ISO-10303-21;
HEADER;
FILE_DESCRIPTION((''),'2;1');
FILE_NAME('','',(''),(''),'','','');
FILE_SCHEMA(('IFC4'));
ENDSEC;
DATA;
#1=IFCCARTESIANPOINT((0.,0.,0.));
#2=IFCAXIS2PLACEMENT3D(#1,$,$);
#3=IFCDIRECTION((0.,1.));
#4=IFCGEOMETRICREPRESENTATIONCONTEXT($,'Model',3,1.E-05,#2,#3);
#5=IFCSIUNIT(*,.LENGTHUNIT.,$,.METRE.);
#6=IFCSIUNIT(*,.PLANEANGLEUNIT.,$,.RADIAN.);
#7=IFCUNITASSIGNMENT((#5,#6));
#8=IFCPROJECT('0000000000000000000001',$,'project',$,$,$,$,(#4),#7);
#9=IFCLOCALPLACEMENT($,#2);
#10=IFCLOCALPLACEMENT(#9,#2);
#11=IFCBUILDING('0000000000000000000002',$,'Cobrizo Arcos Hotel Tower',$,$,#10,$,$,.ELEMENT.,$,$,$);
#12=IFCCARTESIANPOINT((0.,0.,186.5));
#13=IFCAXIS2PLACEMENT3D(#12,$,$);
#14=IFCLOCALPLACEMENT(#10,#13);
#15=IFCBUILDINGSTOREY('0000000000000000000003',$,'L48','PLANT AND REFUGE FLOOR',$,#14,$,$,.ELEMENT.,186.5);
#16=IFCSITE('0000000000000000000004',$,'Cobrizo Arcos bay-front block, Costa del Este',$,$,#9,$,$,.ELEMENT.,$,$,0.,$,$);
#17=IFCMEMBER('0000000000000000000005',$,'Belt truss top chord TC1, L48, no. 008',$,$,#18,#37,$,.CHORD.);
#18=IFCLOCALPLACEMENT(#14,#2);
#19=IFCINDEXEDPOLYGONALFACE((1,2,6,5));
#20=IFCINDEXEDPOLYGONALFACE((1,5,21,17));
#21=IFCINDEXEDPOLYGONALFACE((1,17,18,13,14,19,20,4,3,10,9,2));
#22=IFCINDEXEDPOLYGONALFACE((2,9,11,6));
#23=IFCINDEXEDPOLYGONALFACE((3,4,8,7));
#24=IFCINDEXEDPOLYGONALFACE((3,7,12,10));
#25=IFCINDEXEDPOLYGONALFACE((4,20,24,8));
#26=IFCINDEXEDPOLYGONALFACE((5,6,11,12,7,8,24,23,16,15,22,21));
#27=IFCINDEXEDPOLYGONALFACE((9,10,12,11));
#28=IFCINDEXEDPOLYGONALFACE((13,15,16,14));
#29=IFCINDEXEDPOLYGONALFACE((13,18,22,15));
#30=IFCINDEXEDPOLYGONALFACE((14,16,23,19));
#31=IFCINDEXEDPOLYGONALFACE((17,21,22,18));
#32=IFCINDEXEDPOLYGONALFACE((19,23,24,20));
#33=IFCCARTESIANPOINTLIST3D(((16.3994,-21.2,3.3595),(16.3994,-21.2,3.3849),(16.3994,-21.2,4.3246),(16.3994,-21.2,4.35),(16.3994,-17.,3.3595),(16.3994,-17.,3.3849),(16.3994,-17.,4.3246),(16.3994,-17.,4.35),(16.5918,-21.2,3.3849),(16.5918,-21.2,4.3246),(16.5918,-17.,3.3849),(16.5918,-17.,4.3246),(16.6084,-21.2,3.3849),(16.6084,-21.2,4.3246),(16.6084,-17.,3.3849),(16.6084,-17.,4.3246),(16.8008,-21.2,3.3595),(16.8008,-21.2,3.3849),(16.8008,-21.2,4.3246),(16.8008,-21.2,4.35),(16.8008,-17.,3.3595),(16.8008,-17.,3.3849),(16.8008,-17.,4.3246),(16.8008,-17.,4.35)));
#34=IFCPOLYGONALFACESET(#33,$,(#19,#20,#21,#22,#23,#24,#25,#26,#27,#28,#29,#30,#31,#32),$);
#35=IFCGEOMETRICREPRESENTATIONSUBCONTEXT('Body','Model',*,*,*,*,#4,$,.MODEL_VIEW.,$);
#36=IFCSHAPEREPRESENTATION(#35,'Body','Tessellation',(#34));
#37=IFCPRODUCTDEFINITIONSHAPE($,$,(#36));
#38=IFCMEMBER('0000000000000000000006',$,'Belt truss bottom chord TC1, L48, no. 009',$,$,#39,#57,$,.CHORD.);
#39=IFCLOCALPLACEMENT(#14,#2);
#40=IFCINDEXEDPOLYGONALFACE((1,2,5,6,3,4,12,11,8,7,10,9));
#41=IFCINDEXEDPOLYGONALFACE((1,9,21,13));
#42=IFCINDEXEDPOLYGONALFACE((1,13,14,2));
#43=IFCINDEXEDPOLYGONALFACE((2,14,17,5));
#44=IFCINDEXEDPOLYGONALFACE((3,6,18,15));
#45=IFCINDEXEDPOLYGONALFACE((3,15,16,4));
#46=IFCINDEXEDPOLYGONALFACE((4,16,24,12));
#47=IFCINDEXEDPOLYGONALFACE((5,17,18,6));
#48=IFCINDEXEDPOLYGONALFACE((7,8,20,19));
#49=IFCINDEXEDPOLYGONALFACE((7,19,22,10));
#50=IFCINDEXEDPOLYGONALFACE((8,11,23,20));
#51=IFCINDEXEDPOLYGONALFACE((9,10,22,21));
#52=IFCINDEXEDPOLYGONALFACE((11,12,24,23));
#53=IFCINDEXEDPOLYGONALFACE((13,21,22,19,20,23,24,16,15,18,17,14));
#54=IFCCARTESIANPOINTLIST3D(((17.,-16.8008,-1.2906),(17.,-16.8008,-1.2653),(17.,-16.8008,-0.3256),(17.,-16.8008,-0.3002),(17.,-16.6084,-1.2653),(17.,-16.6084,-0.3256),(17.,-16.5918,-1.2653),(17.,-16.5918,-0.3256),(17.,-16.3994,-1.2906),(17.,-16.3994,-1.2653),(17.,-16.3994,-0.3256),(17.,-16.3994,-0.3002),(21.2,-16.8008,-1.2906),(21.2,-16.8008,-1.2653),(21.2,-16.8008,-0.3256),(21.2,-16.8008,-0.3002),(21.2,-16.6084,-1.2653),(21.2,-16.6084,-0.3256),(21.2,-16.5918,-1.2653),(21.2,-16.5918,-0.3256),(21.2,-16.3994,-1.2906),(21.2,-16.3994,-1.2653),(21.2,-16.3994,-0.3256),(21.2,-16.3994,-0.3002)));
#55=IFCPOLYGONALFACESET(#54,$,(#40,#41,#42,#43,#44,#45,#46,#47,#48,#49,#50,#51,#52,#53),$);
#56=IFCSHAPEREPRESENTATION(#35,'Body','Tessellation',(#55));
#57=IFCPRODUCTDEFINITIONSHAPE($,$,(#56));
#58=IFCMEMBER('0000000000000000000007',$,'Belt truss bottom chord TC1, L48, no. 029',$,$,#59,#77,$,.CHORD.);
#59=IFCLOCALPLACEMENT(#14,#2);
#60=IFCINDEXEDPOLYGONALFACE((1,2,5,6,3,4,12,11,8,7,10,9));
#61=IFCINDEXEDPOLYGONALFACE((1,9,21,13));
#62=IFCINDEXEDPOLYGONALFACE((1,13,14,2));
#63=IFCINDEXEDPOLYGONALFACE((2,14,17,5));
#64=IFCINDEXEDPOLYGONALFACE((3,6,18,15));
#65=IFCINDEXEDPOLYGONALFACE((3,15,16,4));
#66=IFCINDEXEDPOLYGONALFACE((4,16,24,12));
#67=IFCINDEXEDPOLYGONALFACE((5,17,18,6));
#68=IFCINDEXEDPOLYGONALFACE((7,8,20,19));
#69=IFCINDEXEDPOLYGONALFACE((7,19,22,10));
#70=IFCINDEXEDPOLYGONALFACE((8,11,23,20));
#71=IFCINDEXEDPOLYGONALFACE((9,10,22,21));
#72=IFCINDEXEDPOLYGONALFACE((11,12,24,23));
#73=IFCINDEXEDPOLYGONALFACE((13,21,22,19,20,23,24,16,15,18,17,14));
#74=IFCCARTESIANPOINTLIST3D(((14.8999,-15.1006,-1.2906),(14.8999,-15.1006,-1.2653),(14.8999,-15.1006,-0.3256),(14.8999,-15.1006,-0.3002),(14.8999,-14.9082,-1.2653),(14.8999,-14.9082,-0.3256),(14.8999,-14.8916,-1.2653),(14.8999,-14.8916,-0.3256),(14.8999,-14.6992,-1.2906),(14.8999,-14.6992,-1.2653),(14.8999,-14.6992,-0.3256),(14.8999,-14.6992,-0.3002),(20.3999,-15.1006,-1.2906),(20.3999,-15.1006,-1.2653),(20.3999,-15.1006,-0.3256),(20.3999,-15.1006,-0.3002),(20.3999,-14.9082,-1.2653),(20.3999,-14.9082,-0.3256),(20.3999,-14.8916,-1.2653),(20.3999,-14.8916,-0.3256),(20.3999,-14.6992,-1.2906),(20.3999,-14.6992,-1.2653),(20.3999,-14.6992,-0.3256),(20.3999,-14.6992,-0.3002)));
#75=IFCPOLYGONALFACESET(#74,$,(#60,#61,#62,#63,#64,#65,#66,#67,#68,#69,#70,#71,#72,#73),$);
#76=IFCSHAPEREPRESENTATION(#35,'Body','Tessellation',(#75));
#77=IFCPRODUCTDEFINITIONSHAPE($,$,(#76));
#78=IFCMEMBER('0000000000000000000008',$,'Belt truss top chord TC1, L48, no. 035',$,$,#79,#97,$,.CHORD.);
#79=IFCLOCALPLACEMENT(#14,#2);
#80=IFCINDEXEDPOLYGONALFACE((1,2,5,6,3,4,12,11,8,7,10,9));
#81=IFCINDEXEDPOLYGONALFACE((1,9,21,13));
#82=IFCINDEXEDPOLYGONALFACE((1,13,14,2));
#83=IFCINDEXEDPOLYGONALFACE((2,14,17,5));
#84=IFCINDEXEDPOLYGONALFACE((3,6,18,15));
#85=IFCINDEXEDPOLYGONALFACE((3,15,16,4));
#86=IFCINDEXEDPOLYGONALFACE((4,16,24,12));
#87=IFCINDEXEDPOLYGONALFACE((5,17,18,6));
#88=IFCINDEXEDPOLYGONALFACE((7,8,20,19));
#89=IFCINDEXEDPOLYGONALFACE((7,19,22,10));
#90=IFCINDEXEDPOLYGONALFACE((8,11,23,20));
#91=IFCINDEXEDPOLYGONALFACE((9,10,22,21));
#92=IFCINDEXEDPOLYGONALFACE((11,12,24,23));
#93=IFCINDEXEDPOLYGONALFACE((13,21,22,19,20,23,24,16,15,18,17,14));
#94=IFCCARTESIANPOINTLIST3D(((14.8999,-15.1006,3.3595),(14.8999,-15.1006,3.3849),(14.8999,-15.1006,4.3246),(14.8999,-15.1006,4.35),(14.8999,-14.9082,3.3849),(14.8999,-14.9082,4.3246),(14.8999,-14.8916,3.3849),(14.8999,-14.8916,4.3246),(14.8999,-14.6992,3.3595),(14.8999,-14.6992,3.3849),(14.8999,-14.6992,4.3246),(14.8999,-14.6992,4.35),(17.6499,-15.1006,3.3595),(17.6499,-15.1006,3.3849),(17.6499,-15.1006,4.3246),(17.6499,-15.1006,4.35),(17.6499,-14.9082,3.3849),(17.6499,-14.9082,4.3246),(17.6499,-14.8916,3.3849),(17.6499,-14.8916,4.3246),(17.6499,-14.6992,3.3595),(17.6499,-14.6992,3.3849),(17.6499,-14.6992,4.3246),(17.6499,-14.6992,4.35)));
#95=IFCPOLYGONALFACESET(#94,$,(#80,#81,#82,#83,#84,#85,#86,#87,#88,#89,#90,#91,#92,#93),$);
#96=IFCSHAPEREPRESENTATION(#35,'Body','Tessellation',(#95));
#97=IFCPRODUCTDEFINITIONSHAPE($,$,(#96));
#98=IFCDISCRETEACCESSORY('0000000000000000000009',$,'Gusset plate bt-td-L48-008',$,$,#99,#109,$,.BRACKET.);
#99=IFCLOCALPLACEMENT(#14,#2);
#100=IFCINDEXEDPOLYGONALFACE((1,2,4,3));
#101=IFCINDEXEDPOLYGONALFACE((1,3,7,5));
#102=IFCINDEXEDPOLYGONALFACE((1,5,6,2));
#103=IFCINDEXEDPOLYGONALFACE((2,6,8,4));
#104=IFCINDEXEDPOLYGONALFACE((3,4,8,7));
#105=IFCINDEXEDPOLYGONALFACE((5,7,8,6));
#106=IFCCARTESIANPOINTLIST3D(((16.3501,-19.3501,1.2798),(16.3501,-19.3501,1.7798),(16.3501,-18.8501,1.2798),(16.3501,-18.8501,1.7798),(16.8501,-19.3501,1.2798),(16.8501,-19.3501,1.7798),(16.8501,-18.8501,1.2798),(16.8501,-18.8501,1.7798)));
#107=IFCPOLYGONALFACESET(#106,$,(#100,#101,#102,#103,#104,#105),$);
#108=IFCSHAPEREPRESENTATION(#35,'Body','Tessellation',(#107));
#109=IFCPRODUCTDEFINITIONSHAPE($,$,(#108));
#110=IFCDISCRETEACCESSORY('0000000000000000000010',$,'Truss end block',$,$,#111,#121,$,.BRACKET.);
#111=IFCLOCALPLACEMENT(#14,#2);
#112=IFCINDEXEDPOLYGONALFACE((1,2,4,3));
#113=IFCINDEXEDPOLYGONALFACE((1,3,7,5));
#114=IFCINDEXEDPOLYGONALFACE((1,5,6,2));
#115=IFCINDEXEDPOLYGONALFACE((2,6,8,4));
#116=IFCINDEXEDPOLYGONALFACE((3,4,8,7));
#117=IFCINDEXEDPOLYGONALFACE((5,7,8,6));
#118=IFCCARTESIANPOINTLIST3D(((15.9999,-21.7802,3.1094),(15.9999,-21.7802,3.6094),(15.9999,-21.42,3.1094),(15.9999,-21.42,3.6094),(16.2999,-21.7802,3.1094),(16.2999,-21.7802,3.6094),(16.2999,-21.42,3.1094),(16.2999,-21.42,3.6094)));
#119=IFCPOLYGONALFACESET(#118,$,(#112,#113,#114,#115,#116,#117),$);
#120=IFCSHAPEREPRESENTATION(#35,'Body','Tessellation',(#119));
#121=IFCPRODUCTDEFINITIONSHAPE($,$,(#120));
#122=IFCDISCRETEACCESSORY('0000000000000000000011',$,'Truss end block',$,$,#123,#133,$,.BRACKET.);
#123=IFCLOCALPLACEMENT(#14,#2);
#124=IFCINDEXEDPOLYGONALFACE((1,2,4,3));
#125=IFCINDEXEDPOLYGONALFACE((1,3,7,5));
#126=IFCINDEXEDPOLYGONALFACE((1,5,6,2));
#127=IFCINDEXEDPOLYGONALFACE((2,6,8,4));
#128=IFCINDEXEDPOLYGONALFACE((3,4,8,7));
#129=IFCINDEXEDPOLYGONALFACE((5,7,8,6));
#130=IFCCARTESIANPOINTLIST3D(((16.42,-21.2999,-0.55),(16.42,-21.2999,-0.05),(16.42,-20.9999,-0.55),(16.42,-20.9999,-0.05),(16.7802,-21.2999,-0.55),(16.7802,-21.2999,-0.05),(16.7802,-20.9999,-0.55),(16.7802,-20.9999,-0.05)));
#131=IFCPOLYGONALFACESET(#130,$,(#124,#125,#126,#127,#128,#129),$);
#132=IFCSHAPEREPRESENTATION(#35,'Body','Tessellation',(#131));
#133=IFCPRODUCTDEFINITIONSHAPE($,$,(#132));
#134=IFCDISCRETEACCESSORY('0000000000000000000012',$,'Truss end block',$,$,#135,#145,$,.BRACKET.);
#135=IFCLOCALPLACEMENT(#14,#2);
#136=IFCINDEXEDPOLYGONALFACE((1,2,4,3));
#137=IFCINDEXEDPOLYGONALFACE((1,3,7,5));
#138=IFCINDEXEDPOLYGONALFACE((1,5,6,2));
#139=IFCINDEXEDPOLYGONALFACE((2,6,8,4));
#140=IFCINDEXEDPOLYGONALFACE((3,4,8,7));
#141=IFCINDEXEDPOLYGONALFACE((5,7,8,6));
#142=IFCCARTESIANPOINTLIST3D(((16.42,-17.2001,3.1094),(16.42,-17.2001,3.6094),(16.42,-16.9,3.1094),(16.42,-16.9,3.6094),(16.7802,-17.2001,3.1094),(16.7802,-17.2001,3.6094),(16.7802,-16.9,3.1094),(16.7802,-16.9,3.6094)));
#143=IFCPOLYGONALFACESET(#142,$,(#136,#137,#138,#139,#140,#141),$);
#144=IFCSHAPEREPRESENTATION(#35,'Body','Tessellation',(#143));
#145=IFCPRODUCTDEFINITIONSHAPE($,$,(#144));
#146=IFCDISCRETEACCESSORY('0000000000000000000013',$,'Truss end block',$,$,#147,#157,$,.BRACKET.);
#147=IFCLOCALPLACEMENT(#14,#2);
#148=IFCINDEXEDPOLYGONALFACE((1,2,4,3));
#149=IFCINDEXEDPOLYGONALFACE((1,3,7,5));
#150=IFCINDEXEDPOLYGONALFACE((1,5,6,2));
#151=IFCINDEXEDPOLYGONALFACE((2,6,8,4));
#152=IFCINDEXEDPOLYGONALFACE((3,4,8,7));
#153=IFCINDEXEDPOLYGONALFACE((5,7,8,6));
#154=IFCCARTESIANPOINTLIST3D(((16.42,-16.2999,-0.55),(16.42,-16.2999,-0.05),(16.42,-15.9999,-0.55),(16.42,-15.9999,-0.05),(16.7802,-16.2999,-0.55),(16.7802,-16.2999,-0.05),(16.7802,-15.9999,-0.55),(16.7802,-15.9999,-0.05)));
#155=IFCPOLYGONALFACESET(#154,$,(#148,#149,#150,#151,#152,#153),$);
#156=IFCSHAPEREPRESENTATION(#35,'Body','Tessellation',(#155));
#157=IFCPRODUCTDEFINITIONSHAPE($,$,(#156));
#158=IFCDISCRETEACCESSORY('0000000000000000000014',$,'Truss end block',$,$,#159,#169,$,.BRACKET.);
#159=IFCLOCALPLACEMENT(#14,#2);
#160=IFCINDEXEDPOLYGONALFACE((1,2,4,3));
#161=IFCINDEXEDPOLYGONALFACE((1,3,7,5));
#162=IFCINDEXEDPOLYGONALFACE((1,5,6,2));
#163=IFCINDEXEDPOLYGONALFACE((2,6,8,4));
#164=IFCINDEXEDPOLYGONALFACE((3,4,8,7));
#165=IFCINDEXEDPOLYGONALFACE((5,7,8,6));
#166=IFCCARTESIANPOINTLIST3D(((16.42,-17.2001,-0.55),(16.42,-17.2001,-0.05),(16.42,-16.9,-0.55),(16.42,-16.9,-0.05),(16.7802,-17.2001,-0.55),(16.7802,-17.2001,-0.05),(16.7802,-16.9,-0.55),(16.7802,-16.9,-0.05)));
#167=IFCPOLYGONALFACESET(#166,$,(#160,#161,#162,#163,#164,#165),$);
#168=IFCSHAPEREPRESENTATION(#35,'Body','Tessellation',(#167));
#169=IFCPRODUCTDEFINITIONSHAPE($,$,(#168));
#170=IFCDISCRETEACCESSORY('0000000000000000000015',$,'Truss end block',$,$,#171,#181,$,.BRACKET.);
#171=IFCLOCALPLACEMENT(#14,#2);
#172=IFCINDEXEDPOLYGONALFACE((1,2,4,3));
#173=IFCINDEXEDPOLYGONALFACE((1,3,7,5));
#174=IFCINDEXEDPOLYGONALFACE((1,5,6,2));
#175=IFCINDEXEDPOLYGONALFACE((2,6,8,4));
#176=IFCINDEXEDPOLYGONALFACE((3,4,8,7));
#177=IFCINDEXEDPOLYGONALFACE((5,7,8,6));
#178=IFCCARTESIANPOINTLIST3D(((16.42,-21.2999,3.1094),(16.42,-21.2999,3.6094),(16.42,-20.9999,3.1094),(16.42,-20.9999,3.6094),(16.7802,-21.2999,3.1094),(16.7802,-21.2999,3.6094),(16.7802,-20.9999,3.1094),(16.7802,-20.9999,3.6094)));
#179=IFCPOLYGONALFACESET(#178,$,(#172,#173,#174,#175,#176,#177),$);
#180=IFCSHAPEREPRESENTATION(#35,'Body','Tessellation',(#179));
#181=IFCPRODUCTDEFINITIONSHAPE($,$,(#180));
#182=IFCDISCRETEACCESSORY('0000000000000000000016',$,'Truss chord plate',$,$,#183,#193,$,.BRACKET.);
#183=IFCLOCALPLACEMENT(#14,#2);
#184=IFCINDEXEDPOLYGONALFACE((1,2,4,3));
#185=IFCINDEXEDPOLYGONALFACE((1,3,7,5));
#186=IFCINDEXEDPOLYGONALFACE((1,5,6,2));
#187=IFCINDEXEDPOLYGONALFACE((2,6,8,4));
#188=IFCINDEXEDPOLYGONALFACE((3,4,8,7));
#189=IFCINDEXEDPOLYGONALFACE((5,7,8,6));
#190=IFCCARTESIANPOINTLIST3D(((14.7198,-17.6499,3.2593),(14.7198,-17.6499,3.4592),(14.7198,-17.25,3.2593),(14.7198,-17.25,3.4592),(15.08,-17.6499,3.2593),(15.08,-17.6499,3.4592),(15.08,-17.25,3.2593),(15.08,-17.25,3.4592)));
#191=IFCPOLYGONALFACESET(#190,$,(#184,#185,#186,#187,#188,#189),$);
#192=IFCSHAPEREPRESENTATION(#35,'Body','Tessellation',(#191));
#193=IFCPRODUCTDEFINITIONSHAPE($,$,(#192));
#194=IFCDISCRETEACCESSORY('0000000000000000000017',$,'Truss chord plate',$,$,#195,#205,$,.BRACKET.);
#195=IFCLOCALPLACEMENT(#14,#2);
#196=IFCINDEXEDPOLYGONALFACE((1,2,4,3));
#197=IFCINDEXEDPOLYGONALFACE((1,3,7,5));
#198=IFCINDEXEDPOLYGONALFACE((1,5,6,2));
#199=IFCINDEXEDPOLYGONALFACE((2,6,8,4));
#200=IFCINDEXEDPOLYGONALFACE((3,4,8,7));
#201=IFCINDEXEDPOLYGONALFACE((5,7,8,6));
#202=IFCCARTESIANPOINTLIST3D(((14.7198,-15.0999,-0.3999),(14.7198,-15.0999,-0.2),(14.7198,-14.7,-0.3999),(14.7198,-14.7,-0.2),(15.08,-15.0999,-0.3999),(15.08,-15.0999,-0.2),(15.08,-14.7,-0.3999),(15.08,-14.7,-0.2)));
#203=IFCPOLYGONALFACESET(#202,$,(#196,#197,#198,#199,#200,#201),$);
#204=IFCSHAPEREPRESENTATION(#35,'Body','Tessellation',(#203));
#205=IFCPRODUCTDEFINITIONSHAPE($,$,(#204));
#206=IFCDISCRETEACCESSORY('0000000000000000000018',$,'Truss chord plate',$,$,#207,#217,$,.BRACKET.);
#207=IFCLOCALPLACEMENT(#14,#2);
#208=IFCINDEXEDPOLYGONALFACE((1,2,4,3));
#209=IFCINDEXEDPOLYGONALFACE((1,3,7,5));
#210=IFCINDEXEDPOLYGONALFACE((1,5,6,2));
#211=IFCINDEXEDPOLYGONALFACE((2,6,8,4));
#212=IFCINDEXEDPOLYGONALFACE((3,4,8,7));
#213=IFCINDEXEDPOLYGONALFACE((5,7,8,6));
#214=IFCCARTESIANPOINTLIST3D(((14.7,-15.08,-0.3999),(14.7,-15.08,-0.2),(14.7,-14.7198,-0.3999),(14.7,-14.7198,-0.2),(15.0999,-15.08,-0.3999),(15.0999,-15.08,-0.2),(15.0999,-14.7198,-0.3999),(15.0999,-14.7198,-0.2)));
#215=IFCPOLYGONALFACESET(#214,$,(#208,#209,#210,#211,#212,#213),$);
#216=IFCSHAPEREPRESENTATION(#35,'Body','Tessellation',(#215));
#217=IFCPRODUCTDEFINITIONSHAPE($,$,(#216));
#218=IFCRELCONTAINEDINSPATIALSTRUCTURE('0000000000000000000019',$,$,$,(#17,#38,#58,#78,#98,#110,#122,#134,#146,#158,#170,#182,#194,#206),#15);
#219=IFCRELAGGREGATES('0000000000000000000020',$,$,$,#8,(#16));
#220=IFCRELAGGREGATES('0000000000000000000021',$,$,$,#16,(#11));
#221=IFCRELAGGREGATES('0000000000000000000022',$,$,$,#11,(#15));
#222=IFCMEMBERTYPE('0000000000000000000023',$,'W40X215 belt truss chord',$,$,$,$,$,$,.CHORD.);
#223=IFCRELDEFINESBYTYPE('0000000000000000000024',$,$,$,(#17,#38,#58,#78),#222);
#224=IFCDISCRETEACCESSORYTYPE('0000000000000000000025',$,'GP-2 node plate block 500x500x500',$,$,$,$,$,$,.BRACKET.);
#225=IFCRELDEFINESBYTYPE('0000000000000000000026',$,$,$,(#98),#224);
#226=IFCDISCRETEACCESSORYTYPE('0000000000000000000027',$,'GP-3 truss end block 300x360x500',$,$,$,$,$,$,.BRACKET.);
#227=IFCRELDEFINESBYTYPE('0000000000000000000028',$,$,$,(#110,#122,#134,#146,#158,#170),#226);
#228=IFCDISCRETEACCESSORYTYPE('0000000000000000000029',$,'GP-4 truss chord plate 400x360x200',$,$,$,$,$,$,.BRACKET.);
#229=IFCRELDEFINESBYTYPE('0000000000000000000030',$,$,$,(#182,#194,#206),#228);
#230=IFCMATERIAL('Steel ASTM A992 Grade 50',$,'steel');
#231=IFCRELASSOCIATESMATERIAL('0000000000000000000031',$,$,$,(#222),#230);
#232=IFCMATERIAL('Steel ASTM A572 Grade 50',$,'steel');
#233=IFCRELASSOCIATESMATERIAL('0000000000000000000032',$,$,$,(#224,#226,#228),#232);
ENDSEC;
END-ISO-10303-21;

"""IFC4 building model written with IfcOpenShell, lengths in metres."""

from ifc_helpers import new_model, si_unit, direction, frame, origin, origin_2d, place, context, subcontext, project, spatial, rectangle, i_section, extrude, material, material_profile, profile_set, type_object, element, save


model = new_model("IFC4")

# Units and contexts
model_context = context("Model", 3, precision=1e-05, world=origin(), true_north=direction((0.0, 1.0)))
body_context = subcontext(model_context, "Body", "Model", "MODEL_VIEW")
ifc_project = project(units=[si_unit("LENGTHUNIT", "METRE"), si_unit("PLANEANGLEUNIT", "RADIAN")], contexts=[model_context])

# Site, building, storey
site_placement = place(None, origin())
site = spatial("IfcSite", under=ifc_project, at=site_placement, Name="Cobrizo Arcos bay-front block, Costa del Este", CompositionType="ELEMENT", RefElevation=0.0)
building_placement = place(site_placement, origin())
building = spatial("IfcBuilding", under=site, at=building_placement, Name="Cobrizo Arcos Hotel Tower", CompositionType="ELEMENT")
storey_placement = place(building_placement, frame((0.0, 0.0, 186.5)))
storey = spatial("IfcBuildingStorey", under=building, at=storey_placement, Name="L48", Description="PLANT AND REFUGE FLOOR", CompositionType="ELEMENT", Elevation=186.5)

# Shared definitions
ifc_material_1 = material(Name="Steel ASTM A572 Grade 50", Category="steel")

# Members
ifc_material_2 = material(Name="Steel ASTM A992 Grade 50", Category="steel")
ifc_material_profile_1 = material_profile(ifc_material_2, i_section(OverallWidth=0.4014, OverallDepth=0.9905, WebThickness=0.0166, FlangeThickness=0.0254, at=origin_2d()), Name="W40X215")
ifc_profile_set_1 = profile_set([ifc_material_profile_1], Name="Steel ASTM A992 Grade 50")
member_type_1 = type_object("IfcMemberType", Name="W40X215 belt truss chord", PredefinedType="CHORD", material=ifc_profile_set_1)
for number, where, z_axis, x_axis, name in (
    (1, (16.6001, -21.2, 3.8547), (0.0, 1.0, 0.0), (-1.0, 0.0, 0.0), "Belt truss top chord TC1, L48, no. 008"),
    (2, (17.0, -16.6001, -0.7954), (1.0, 0.0, 0.0), (0.0, 1.0, 0.0), "Belt truss bottom chord TC1, L48, no. 009"),
):
    element("IfcMember", number, at=place(storey_placement, frame(where, z_axis=z_axis, x_axis=x_axis)), inside=storey, type_object=member_type_1, Name=name, PredefinedType="CHORD", context=body_context, shape_type="SweptSolid", body=[
        extrude(i_section(OverallWidth=0.4014, OverallDepth=0.9905, WebThickness=0.0166, FlangeThickness=0.0254, at=origin_2d()), origin(), (0.0, 0.0, 1.0), 4.2),
    ])
member_1_placement = place(storey_placement, frame((14.8999, -14.8999, -0.7954), z_axis=(1.0, 0.0, 0.0), x_axis=(0.0, 1.0, 0.0)))
element("IfcMember", 3, at=member_1_placement, inside=storey, type_object=member_type_1, Name="Belt truss bottom chord TC1, L48, no. 029", PredefinedType="CHORD", context=body_context, shape_type="SweptSolid", body=[
    extrude(i_section(OverallWidth=0.4014, OverallDepth=0.9905, WebThickness=0.0166, FlangeThickness=0.0254, at=origin_2d()), origin(), (0.0, 0.0, 1.0), 5.5),
])
member_2_placement = place(storey_placement, frame((14.8999, -14.8999, 3.8547), z_axis=(1.0, 0.0, 0.0), x_axis=(0.0, 1.0, 0.0)))
element("IfcMember", 4, at=member_2_placement, inside=storey, type_object=member_type_1, Name="Belt truss top chord TC1, L48, no. 035", PredefinedType="CHORD", context=body_context, shape_type="SweptSolid", body=[
    extrude(i_section(OverallWidth=0.4014, OverallDepth=0.9905, WebThickness=0.0166, FlangeThickness=0.0254, at=origin_2d()), origin(), (0.0, 0.0, 1.0), 2.75),
])

# Discrete accessories
discrete_accessory_type_1 = type_object("IfcDiscreteAccessoryType", Name="GP-2 node plate block 500x500x500", PredefinedType="BRACKET", material=ifc_material_1)
discrete_accessory_placement = place(storey_placement, frame((16.6001, -19.1001, 1.2798), z_axis=(0.0, 0.0, 1.0), x_axis=(1.0, 0.0, 0.0)))
element("IfcDiscreteAccessory", 5, at=discrete_accessory_placement, inside=storey, type_object=discrete_accessory_type_1, Name="Gusset plate bt-td-L48-008", PredefinedType="BRACKET", context=body_context, shape_type="SweptSolid", body=[
    extrude(rectangle(XDim=0.5, YDim=0.5, at=origin_2d()), origin(), (0.0, 0.0, 1.0), 0.5),
])
discrete_accessory_type_2 = type_object("IfcDiscreteAccessoryType", Name="GP-3 truss end block 300x360x500", PredefinedType="BRACKET", material=ifc_material_1)
for number, where, z_axis, x_axis, name in (
    (6, (16.1499, -21.6001, 3.1094), (0.0, 0.0, 1.0), (-1.0, 0.0, 0.0), "Truss end block"),
    (7, (16.6001, -21.1499, -0.55), (0.0, 0.0, 1.0), (0.0, 1.0, 0.0), "Truss end block"),
    (8, (16.6001, -17.05, 3.1094), (0.0, 0.0, 1.0), (0.0, -1.0, 0.0), "Truss end block"),
    (9, (16.6001, -16.1499, -0.55), (0.0, 0.0, 1.0), (0.0, 1.0, 0.0), "Truss end block"),
    (10, (16.6001, -17.05, -0.55), (0.0, 0.0, 1.0), (0.0, -1.0, 0.0), "Truss end block"),
    (11, (16.6001, -21.1499, 3.1094), (0.0, 0.0, 1.0), (0.0, 1.0, 0.0), "Truss end block"),
):
    element("IfcDiscreteAccessory", number, at=place(storey_placement, frame(where, z_axis=z_axis, x_axis=x_axis)), inside=storey, type_object=discrete_accessory_type_2, Name=name, PredefinedType="BRACKET", context=body_context, shape_type="SweptSolid", body=[
        extrude(rectangle(XDim=0.3, YDim=0.3601, at=origin_2d()), origin(), (0.0, 0.0, 1.0), 0.5),
    ])
discrete_accessory_type_3 = type_object("IfcDiscreteAccessoryType", Name="GP-4 truss chord plate 400x360x200", PredefinedType="BRACKET", material=ifc_material_1)
for number, where, z_axis, x_axis, name in (
    (12, (14.8999, -17.45, 3.2593), (0.0, 0.0, 1.0), (0.0, 1.0, 0.0), "Truss chord plate"),
    (13, (14.8999, -14.8999, -0.3999), (0.0, 0.0, 1.0), (0.0, 1.0, 0.0), "Truss chord plate"),
    (14, (14.8999, -14.8999, -0.3999), (0.0, 0.0, 1.0), (1.0, 0.0, 0.0), "Truss chord plate"),
):
    element("IfcDiscreteAccessory", number, at=place(storey_placement, frame(where, z_axis=z_axis, x_axis=x_axis)), inside=storey, type_object=discrete_accessory_type_3, Name=name, PredefinedType="BRACKET", context=body_context, shape_type="SweptSolid", body=[
        extrude(rectangle(XDim=0.3999, YDim=0.3601, at=origin_2d()), origin(), (0.0, 0.0, 1.0), 0.2),
    ])

save(model, "model.ifc")
